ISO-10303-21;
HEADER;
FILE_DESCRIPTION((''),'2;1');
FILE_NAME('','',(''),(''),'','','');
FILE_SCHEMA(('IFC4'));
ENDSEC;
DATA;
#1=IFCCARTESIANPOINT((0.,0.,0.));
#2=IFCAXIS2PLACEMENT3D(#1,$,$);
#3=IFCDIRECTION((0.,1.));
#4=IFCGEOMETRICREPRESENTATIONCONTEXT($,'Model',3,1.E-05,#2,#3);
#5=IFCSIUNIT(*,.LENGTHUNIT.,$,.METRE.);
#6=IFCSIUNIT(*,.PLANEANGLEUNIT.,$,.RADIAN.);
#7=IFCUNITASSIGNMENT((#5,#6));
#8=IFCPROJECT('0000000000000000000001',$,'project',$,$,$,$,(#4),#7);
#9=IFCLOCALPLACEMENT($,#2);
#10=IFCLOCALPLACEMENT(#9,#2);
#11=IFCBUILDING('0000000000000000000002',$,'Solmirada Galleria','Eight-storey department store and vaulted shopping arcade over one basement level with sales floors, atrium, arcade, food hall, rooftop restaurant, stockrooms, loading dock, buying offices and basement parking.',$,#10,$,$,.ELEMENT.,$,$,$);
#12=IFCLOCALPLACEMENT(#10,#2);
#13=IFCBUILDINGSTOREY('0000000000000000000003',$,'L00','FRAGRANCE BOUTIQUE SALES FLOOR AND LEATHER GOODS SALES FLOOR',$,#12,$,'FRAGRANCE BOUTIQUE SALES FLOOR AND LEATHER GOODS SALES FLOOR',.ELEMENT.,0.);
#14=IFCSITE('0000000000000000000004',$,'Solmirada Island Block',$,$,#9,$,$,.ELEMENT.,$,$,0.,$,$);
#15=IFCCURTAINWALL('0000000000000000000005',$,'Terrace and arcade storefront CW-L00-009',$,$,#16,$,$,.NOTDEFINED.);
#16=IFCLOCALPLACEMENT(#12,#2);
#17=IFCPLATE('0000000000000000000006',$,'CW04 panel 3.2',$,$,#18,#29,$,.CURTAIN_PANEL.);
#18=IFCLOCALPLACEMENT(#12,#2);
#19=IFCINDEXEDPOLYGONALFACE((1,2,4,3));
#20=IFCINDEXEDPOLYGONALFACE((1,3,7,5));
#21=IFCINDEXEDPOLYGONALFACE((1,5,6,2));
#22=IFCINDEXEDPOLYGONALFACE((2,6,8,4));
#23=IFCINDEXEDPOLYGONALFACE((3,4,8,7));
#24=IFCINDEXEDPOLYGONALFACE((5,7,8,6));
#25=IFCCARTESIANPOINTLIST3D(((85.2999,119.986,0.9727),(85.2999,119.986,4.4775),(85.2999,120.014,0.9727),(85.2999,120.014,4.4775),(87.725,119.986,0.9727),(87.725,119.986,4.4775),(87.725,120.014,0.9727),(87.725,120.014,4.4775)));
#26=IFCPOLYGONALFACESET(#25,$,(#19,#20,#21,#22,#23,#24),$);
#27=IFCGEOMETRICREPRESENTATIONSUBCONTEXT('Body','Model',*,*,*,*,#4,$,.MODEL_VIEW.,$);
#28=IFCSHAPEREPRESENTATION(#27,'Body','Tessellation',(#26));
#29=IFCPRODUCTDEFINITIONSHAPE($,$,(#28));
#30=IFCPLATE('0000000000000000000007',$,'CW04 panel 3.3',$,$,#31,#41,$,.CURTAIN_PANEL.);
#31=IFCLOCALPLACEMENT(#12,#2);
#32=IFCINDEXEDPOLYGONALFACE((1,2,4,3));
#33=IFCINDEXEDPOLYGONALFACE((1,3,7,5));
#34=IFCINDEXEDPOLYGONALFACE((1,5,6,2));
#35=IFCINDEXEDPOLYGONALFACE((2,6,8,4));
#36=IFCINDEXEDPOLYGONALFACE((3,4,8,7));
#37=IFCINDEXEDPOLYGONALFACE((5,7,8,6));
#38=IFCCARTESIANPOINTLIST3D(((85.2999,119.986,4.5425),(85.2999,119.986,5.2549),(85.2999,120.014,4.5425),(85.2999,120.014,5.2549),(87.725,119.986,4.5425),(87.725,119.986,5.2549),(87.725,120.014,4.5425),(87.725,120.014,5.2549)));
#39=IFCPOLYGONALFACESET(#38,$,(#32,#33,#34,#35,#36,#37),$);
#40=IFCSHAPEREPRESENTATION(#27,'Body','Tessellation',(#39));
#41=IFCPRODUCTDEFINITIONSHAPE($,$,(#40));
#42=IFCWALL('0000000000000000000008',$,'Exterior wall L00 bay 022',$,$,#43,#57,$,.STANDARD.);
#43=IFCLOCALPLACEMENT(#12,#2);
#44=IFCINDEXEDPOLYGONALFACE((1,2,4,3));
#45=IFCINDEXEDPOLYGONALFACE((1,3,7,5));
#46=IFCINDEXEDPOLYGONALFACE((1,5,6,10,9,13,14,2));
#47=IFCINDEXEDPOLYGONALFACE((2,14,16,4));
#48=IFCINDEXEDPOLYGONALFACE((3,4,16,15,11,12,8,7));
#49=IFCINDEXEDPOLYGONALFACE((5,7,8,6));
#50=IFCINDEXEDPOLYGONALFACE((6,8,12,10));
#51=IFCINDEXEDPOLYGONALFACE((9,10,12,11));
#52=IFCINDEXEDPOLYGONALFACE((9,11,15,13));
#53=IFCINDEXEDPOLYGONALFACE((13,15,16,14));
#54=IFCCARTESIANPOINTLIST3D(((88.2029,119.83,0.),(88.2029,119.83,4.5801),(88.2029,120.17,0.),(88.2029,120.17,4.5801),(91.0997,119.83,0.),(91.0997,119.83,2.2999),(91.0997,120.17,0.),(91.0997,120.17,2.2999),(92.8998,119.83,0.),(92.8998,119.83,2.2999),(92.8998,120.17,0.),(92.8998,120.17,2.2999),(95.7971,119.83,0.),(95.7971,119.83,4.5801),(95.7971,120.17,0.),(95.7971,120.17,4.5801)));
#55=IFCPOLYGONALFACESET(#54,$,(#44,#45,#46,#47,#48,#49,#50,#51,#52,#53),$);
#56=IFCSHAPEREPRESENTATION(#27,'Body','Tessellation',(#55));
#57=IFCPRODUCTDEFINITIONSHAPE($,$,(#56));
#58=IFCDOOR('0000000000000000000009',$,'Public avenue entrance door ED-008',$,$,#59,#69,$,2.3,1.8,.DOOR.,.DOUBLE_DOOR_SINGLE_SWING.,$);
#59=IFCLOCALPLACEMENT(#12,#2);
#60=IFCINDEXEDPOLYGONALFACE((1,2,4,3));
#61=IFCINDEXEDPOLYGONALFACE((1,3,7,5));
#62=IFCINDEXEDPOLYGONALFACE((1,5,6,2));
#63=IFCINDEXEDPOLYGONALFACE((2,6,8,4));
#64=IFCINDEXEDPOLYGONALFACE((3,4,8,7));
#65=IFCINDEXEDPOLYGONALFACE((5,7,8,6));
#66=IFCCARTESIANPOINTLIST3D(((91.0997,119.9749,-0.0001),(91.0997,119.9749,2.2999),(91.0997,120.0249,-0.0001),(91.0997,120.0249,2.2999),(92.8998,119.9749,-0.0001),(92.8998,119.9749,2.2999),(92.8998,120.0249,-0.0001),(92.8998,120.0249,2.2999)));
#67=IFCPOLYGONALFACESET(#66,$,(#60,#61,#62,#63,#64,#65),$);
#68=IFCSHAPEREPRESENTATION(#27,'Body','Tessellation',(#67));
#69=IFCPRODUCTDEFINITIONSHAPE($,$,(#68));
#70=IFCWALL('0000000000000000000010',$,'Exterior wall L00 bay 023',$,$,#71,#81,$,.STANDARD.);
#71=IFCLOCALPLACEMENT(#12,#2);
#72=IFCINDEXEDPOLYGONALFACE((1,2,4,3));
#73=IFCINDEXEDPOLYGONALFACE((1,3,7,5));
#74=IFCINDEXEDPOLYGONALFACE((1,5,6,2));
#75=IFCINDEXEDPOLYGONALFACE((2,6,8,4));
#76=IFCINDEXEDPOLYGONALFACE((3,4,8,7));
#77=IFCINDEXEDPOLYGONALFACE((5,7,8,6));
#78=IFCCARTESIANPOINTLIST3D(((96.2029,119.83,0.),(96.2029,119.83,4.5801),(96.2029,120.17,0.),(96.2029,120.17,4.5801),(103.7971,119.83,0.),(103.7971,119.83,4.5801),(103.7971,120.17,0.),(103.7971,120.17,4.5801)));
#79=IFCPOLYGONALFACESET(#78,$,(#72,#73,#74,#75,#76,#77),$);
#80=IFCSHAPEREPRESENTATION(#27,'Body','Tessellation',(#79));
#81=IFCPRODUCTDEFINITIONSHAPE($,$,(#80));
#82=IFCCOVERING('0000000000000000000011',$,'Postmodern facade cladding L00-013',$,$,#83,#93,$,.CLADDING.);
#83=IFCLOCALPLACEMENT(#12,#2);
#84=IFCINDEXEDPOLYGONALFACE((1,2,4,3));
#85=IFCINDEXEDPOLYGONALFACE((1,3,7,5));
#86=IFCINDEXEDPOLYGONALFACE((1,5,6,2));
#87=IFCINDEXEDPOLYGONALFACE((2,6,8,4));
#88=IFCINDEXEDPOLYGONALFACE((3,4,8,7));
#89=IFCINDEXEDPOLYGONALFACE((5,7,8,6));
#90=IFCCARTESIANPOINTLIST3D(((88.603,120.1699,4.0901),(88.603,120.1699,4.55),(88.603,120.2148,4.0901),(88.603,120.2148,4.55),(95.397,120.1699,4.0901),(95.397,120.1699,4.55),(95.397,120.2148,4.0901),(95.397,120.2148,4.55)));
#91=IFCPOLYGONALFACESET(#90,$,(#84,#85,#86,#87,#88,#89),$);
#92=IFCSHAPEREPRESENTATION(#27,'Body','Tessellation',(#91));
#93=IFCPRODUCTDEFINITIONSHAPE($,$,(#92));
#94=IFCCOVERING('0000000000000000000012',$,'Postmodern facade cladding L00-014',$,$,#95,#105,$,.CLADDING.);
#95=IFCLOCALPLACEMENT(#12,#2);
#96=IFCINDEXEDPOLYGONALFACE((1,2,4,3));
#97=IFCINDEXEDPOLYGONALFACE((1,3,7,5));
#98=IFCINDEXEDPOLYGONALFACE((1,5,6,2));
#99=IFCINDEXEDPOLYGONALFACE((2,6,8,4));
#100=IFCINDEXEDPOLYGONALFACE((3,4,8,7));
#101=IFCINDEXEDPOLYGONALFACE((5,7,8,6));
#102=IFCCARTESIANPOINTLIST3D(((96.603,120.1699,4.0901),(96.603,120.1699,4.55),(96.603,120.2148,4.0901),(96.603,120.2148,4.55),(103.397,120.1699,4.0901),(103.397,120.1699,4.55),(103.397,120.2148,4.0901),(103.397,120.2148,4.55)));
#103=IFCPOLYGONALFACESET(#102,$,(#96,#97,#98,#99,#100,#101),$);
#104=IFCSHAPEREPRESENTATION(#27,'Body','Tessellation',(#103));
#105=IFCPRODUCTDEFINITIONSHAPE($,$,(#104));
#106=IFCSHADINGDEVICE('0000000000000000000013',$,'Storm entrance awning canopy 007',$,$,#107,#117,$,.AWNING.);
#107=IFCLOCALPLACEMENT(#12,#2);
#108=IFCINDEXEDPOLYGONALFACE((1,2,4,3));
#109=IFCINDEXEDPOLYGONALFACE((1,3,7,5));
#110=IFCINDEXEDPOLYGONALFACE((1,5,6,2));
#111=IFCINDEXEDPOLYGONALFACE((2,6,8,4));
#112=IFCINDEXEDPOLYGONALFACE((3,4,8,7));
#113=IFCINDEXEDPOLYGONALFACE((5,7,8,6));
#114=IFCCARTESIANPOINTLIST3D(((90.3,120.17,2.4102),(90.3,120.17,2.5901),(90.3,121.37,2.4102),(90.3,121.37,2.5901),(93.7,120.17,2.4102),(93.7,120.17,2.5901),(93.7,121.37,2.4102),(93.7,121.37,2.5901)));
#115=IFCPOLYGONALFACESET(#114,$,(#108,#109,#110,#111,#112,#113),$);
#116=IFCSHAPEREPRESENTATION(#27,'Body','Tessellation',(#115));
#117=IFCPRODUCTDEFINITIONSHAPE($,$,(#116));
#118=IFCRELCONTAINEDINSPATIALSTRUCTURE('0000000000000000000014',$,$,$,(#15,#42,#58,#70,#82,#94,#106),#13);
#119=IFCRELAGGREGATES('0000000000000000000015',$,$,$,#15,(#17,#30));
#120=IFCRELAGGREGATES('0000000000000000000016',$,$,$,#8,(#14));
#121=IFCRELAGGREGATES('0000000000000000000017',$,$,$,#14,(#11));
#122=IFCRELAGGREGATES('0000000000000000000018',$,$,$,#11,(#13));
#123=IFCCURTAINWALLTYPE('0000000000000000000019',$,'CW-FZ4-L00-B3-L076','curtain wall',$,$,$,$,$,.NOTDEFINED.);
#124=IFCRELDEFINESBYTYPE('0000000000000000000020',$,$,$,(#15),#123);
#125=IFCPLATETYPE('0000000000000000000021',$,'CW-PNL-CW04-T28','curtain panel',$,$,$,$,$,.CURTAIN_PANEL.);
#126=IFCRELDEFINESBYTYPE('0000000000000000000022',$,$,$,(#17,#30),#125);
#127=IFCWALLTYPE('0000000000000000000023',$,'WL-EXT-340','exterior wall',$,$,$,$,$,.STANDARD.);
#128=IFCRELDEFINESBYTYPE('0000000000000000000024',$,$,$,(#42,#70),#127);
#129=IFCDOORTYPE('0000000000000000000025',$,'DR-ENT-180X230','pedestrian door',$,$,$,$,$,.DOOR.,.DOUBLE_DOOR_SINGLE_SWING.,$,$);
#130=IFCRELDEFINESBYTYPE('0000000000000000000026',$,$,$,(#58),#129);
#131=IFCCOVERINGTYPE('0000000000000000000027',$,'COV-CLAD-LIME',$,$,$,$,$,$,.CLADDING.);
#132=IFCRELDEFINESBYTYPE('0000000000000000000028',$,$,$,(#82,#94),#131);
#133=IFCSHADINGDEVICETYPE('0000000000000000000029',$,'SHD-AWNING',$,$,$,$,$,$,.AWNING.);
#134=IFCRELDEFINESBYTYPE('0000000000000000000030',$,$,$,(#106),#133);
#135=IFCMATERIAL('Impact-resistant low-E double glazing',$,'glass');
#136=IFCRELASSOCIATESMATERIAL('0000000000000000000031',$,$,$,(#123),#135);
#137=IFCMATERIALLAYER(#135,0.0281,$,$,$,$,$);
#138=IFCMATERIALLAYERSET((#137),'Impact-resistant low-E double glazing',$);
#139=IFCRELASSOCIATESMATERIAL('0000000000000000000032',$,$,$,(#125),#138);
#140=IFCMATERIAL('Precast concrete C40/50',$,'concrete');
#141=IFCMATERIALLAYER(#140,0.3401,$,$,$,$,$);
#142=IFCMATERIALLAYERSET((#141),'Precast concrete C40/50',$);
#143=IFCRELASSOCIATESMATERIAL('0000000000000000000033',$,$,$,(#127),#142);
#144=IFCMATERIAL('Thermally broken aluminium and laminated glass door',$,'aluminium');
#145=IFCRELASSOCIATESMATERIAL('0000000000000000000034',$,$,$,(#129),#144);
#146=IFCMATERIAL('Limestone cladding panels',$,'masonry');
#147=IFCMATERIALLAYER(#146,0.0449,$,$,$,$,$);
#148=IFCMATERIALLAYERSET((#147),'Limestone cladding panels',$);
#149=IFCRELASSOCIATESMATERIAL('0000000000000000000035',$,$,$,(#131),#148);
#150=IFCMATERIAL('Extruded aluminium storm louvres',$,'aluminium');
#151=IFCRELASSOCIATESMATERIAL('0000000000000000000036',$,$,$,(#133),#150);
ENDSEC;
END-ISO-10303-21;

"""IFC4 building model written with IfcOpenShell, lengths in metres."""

from ifc_helpers import new_model, si_unit, direction, frame, frame_2d, origin, origin_2d, place, context, subcontext, project, spatial, rectangle, extrude, material, layer, layer_set, type_object, element, fill, aggregate, save


model = new_model("IFC4")

# Units and contexts
model_context = context("Model", 3, precision=1e-05, world=origin(), true_north=direction((0.0, 1.0)))
body_context = subcontext(model_context, "Body", "Model", "MODEL_VIEW")
ifc_project = project(units=[si_unit("LENGTHUNIT", "METRE"), si_unit("PLANEANGLEUNIT", "RADIAN")], contexts=[model_context])

# Site, building, storey
site_placement = place(None, origin())
site = spatial("IfcSite", under=ifc_project, at=site_placement, Name="Solmirada Island Block", CompositionType="ELEMENT", RefElevation=0.0)
building_placement = place(site_placement, origin())
building = spatial("IfcBuilding", under=site, at=building_placement, Name="Solmirada Galleria", Description="Eight-storey department store and vaulted shopping arcade over one basement level with sales floors, atrium, arcade, food hall, rooftop restaurant, stockrooms, loading dock, buying offices and basement parking.", CompositionType="ELEMENT")
storey_placement = place(building_placement, origin())
storey = spatial("IfcBuildingStorey", under=building, at=storey_placement, Name="L00", Description="FRAGRANCE BOUTIQUE SALES FLOOR AND LEATHER GOODS SALES FLOOR", LongName="FRAGRANCE BOUTIQUE SALES FLOOR AND LEATHER GOODS SALES FLOOR", CompositionType="ELEMENT", Elevation=0.0)

# Shared definitions
ifc_material_1 = material(Name="Precast concrete C40/50", Category="concrete")

# Curtain wall, plates
ifc_material_2 = material(Name="Impact-resistant low-E double glazing", Category="glass")
curtain_wall_type = type_object("IfcCurtainWallType", Name="CW-FZ4-L00-B3-L076", Description="curtain wall", PredefinedType="NOTDEFINED", material=ifc_material_2)
curtain_wall_placement = place(storey_placement, origin())
curtain_wall = element("IfcCurtainWall", 1, at=curtain_wall_placement, inside=storey, type_object=curtain_wall_type, Name="Terrace and arcade storefront CW-L00-009", PredefinedType="NOTDEFINED")
ifc_layer_1 = layer(ifc_material_2, 0.0281)
ifc_layer_set_1 = layer_set([ifc_layer_1], Name="Impact-resistant low-E double glazing")
plate_type = type_object("IfcPlateType", Name="CW-PNL-CW04-T28", Description="curtain panel", PredefinedType="CURTAIN_PANEL", material=ifc_layer_set_1)
plate_1_placement = place(storey_placement, frame((86.5125, 120.0, 0.9727), z_axis=(0.0, 0.0, 1.0), x_axis=(1.0, 0.0, 0.0)))
plate_1 = element("IfcPlate", 2, at=plate_1_placement, type_object=plate_type, Name="CW04 panel 3.2", PredefinedType="CURTAIN_PANEL", context=body_context, shape_type="SweptSolid", body=[
    extrude(rectangle(XDim=2.425, YDim=0.0281, at=origin_2d()), origin(), (0.0, 0.0, 1.0), 3.5049),
])
plate_2_placement = place(storey_placement, frame((86.5125, 120.0, 4.5425), z_axis=(0.0, 0.0, 1.0), x_axis=(1.0, 0.0, 0.0)))
plate_2 = element("IfcPlate", 3, at=plate_2_placement, type_object=plate_type, Name="CW04 panel 3.3", PredefinedType="CURTAIN_PANEL", context=body_context, shape_type="SweptSolid", body=[
    extrude(rectangle(XDim=2.425, YDim=0.0281, at=origin_2d()), origin(), (0.0, 0.0, 1.0), 0.7124),
])
aggregate(curtain_wall, [plate_1, plate_2])

# Wall, opening, door
ifc_layer_2 = layer(ifc_material_1, 0.3401)
ifc_layer_set_2 = layer_set([ifc_layer_2], Name="Precast concrete C40/50")
wall_type = type_object("IfcWallType", Name="WL-EXT-340", Description="exterior wall", PredefinedType="STANDARD", material=ifc_layer_set_2)
wall_1_placement = place(storey_placement, frame((88.2029, 120.0, 0.0), z_axis=(0.0, 0.0, 1.0), x_axis=(1.0, 0.0, 0.0)))
wall_1 = element("IfcWall", 4, at=wall_1_placement, inside=storey, type_object=wall_type, Name="Exterior wall L00 bay 022", PredefinedType="STANDARD", context=body_context, shape_type="SweptSolid", body=[
    extrude(rectangle(XDim=7.5942, YDim=0.3401, at=frame_2d((3.7971, 0.0))), origin(), (0.0, 0.0, 1.0), 4.5801),
])
opening_placement = place(wall_1_placement, frame((2.897, 0.0, 0.0)))
opening = element("IfcOpeningElement", 5, at=opening_placement, cuts=wall_1, PredefinedType="OPENING", context=body_context, shape_type="SweptSolid", body=[
    extrude(rectangle(XDim=1.8, YDim=2.3, at=frame_2d((0.8999, 1.1499))), frame((0.0, 0.1799, 0.0), z_axis=(0.0, -1.0, 0.0), x_axis=(1.0, 0.0, 0.0)), (0.0, 0.0, 1.0), 0.3601),
])
ifc_material_3 = material(Name="Thermally broken aluminium and laminated glass door", Category="aluminium")
door_type = type_object("IfcDoorType", Name="DR-ENT-180X230", Description="pedestrian door", OperationType="DOUBLE_DOOR_SINGLE_SWING", PredefinedType="DOOR", material=ifc_material_3)
door_placement = place(opening_placement, origin())
door = element("IfcDoor", 6, at=door_placement, inside=storey, type_object=door_type, Name="Public avenue entrance door ED-008", OperationType="DOUBLE_DOOR_SINGLE_SWING", OverallHeight=2.3, OverallWidth=1.8, PredefinedType="DOOR", context=body_context, shape_type="SweptSolid", body=[
    extrude(rectangle(XDim=1.8, YDim=2.3, at=frame_2d((0.8999, 1.1499))), frame((0.0, 0.0249, 0.0), z_axis=(0.0, -1.0, 0.0), x_axis=(1.0, 0.0, 0.0)), (0.0, 0.0, 1.0), 0.05),
])
fill(opening, door)

# Wall
wall_2_placement = place(storey_placement, frame((96.2029, 120.0, 0.0), z_axis=(0.0, 0.0, 1.0), x_axis=(1.0, 0.0, 0.0)))
element("IfcWall", 7, at=wall_2_placement, inside=storey, type_object=wall_type, Name="Exterior wall L00 bay 023", PredefinedType="STANDARD", context=body_context, shape_type="SweptSolid", body=[
    extrude(rectangle(XDim=7.5942, YDim=0.3401, at=frame_2d((3.7971, 0.0))), origin(), (0.0, 0.0, 1.0), 4.5801),
])

# Coverings
ifc_material_4 = material(Name="Limestone cladding panels", Category="masonry")
ifc_layer_3 = layer(ifc_material_4, 0.0449)
ifc_layer_set_3 = layer_set([ifc_layer_3], Name="Limestone cladding panels")
covering_type = type_object("IfcCoveringType", Name="COV-CLAD-LIME", PredefinedType="CLADDING", material=ifc_layer_set_3)
for number, where, z_axis, x_axis, name in (
    (8, (92.0, 120.1924, 4.0901), (0.0, 0.0, 1.0), (1.0, 0.0, 0.0), "Postmodern facade cladding L00-013"),
    (9, (100.0, 120.1924, 4.0901), (0.0, 0.0, 1.0), (1.0, 0.0, 0.0), "Postmodern facade cladding L00-014"),
):
    element("IfcCovering", number, at=place(storey_placement, frame(where, z_axis=z_axis, x_axis=x_axis)), inside=storey, type_object=covering_type, Name=name, PredefinedType="CLADDING", context=body_context, shape_type="SweptSolid", body=[
        extrude(rectangle(XDim=6.7939, YDim=0.0449, at=origin_2d()), origin(), (0.0, 0.0, 1.0), 0.46),
    ])

# Shading device
ifc_material_5 = material(Name="Extruded aluminium storm louvres", Category="aluminium")
shading_device_type = type_object("IfcShadingDeviceType", Name="SHD-AWNING", PredefinedType="AWNING", material=ifc_material_5)
shading_device_placement = place(storey_placement, frame((92.0, 120.77, 2.4102), z_axis=(0.0, 0.0, 1.0), x_axis=(1.0, 0.0, 0.0)))
element("IfcShadingDevice", 10, at=shading_device_placement, inside=storey, type_object=shading_device_type, Name="Storm entrance awning canopy 007", PredefinedType="AWNING", context=body_context, shape_type="SweptSolid", body=[
    extrude(rectangle(XDim=3.3999, YDim=1.2, at=origin_2d()), origin(), (0.0, 0.0, 1.0), 0.1799),
])

save(model, "model.ifc")
